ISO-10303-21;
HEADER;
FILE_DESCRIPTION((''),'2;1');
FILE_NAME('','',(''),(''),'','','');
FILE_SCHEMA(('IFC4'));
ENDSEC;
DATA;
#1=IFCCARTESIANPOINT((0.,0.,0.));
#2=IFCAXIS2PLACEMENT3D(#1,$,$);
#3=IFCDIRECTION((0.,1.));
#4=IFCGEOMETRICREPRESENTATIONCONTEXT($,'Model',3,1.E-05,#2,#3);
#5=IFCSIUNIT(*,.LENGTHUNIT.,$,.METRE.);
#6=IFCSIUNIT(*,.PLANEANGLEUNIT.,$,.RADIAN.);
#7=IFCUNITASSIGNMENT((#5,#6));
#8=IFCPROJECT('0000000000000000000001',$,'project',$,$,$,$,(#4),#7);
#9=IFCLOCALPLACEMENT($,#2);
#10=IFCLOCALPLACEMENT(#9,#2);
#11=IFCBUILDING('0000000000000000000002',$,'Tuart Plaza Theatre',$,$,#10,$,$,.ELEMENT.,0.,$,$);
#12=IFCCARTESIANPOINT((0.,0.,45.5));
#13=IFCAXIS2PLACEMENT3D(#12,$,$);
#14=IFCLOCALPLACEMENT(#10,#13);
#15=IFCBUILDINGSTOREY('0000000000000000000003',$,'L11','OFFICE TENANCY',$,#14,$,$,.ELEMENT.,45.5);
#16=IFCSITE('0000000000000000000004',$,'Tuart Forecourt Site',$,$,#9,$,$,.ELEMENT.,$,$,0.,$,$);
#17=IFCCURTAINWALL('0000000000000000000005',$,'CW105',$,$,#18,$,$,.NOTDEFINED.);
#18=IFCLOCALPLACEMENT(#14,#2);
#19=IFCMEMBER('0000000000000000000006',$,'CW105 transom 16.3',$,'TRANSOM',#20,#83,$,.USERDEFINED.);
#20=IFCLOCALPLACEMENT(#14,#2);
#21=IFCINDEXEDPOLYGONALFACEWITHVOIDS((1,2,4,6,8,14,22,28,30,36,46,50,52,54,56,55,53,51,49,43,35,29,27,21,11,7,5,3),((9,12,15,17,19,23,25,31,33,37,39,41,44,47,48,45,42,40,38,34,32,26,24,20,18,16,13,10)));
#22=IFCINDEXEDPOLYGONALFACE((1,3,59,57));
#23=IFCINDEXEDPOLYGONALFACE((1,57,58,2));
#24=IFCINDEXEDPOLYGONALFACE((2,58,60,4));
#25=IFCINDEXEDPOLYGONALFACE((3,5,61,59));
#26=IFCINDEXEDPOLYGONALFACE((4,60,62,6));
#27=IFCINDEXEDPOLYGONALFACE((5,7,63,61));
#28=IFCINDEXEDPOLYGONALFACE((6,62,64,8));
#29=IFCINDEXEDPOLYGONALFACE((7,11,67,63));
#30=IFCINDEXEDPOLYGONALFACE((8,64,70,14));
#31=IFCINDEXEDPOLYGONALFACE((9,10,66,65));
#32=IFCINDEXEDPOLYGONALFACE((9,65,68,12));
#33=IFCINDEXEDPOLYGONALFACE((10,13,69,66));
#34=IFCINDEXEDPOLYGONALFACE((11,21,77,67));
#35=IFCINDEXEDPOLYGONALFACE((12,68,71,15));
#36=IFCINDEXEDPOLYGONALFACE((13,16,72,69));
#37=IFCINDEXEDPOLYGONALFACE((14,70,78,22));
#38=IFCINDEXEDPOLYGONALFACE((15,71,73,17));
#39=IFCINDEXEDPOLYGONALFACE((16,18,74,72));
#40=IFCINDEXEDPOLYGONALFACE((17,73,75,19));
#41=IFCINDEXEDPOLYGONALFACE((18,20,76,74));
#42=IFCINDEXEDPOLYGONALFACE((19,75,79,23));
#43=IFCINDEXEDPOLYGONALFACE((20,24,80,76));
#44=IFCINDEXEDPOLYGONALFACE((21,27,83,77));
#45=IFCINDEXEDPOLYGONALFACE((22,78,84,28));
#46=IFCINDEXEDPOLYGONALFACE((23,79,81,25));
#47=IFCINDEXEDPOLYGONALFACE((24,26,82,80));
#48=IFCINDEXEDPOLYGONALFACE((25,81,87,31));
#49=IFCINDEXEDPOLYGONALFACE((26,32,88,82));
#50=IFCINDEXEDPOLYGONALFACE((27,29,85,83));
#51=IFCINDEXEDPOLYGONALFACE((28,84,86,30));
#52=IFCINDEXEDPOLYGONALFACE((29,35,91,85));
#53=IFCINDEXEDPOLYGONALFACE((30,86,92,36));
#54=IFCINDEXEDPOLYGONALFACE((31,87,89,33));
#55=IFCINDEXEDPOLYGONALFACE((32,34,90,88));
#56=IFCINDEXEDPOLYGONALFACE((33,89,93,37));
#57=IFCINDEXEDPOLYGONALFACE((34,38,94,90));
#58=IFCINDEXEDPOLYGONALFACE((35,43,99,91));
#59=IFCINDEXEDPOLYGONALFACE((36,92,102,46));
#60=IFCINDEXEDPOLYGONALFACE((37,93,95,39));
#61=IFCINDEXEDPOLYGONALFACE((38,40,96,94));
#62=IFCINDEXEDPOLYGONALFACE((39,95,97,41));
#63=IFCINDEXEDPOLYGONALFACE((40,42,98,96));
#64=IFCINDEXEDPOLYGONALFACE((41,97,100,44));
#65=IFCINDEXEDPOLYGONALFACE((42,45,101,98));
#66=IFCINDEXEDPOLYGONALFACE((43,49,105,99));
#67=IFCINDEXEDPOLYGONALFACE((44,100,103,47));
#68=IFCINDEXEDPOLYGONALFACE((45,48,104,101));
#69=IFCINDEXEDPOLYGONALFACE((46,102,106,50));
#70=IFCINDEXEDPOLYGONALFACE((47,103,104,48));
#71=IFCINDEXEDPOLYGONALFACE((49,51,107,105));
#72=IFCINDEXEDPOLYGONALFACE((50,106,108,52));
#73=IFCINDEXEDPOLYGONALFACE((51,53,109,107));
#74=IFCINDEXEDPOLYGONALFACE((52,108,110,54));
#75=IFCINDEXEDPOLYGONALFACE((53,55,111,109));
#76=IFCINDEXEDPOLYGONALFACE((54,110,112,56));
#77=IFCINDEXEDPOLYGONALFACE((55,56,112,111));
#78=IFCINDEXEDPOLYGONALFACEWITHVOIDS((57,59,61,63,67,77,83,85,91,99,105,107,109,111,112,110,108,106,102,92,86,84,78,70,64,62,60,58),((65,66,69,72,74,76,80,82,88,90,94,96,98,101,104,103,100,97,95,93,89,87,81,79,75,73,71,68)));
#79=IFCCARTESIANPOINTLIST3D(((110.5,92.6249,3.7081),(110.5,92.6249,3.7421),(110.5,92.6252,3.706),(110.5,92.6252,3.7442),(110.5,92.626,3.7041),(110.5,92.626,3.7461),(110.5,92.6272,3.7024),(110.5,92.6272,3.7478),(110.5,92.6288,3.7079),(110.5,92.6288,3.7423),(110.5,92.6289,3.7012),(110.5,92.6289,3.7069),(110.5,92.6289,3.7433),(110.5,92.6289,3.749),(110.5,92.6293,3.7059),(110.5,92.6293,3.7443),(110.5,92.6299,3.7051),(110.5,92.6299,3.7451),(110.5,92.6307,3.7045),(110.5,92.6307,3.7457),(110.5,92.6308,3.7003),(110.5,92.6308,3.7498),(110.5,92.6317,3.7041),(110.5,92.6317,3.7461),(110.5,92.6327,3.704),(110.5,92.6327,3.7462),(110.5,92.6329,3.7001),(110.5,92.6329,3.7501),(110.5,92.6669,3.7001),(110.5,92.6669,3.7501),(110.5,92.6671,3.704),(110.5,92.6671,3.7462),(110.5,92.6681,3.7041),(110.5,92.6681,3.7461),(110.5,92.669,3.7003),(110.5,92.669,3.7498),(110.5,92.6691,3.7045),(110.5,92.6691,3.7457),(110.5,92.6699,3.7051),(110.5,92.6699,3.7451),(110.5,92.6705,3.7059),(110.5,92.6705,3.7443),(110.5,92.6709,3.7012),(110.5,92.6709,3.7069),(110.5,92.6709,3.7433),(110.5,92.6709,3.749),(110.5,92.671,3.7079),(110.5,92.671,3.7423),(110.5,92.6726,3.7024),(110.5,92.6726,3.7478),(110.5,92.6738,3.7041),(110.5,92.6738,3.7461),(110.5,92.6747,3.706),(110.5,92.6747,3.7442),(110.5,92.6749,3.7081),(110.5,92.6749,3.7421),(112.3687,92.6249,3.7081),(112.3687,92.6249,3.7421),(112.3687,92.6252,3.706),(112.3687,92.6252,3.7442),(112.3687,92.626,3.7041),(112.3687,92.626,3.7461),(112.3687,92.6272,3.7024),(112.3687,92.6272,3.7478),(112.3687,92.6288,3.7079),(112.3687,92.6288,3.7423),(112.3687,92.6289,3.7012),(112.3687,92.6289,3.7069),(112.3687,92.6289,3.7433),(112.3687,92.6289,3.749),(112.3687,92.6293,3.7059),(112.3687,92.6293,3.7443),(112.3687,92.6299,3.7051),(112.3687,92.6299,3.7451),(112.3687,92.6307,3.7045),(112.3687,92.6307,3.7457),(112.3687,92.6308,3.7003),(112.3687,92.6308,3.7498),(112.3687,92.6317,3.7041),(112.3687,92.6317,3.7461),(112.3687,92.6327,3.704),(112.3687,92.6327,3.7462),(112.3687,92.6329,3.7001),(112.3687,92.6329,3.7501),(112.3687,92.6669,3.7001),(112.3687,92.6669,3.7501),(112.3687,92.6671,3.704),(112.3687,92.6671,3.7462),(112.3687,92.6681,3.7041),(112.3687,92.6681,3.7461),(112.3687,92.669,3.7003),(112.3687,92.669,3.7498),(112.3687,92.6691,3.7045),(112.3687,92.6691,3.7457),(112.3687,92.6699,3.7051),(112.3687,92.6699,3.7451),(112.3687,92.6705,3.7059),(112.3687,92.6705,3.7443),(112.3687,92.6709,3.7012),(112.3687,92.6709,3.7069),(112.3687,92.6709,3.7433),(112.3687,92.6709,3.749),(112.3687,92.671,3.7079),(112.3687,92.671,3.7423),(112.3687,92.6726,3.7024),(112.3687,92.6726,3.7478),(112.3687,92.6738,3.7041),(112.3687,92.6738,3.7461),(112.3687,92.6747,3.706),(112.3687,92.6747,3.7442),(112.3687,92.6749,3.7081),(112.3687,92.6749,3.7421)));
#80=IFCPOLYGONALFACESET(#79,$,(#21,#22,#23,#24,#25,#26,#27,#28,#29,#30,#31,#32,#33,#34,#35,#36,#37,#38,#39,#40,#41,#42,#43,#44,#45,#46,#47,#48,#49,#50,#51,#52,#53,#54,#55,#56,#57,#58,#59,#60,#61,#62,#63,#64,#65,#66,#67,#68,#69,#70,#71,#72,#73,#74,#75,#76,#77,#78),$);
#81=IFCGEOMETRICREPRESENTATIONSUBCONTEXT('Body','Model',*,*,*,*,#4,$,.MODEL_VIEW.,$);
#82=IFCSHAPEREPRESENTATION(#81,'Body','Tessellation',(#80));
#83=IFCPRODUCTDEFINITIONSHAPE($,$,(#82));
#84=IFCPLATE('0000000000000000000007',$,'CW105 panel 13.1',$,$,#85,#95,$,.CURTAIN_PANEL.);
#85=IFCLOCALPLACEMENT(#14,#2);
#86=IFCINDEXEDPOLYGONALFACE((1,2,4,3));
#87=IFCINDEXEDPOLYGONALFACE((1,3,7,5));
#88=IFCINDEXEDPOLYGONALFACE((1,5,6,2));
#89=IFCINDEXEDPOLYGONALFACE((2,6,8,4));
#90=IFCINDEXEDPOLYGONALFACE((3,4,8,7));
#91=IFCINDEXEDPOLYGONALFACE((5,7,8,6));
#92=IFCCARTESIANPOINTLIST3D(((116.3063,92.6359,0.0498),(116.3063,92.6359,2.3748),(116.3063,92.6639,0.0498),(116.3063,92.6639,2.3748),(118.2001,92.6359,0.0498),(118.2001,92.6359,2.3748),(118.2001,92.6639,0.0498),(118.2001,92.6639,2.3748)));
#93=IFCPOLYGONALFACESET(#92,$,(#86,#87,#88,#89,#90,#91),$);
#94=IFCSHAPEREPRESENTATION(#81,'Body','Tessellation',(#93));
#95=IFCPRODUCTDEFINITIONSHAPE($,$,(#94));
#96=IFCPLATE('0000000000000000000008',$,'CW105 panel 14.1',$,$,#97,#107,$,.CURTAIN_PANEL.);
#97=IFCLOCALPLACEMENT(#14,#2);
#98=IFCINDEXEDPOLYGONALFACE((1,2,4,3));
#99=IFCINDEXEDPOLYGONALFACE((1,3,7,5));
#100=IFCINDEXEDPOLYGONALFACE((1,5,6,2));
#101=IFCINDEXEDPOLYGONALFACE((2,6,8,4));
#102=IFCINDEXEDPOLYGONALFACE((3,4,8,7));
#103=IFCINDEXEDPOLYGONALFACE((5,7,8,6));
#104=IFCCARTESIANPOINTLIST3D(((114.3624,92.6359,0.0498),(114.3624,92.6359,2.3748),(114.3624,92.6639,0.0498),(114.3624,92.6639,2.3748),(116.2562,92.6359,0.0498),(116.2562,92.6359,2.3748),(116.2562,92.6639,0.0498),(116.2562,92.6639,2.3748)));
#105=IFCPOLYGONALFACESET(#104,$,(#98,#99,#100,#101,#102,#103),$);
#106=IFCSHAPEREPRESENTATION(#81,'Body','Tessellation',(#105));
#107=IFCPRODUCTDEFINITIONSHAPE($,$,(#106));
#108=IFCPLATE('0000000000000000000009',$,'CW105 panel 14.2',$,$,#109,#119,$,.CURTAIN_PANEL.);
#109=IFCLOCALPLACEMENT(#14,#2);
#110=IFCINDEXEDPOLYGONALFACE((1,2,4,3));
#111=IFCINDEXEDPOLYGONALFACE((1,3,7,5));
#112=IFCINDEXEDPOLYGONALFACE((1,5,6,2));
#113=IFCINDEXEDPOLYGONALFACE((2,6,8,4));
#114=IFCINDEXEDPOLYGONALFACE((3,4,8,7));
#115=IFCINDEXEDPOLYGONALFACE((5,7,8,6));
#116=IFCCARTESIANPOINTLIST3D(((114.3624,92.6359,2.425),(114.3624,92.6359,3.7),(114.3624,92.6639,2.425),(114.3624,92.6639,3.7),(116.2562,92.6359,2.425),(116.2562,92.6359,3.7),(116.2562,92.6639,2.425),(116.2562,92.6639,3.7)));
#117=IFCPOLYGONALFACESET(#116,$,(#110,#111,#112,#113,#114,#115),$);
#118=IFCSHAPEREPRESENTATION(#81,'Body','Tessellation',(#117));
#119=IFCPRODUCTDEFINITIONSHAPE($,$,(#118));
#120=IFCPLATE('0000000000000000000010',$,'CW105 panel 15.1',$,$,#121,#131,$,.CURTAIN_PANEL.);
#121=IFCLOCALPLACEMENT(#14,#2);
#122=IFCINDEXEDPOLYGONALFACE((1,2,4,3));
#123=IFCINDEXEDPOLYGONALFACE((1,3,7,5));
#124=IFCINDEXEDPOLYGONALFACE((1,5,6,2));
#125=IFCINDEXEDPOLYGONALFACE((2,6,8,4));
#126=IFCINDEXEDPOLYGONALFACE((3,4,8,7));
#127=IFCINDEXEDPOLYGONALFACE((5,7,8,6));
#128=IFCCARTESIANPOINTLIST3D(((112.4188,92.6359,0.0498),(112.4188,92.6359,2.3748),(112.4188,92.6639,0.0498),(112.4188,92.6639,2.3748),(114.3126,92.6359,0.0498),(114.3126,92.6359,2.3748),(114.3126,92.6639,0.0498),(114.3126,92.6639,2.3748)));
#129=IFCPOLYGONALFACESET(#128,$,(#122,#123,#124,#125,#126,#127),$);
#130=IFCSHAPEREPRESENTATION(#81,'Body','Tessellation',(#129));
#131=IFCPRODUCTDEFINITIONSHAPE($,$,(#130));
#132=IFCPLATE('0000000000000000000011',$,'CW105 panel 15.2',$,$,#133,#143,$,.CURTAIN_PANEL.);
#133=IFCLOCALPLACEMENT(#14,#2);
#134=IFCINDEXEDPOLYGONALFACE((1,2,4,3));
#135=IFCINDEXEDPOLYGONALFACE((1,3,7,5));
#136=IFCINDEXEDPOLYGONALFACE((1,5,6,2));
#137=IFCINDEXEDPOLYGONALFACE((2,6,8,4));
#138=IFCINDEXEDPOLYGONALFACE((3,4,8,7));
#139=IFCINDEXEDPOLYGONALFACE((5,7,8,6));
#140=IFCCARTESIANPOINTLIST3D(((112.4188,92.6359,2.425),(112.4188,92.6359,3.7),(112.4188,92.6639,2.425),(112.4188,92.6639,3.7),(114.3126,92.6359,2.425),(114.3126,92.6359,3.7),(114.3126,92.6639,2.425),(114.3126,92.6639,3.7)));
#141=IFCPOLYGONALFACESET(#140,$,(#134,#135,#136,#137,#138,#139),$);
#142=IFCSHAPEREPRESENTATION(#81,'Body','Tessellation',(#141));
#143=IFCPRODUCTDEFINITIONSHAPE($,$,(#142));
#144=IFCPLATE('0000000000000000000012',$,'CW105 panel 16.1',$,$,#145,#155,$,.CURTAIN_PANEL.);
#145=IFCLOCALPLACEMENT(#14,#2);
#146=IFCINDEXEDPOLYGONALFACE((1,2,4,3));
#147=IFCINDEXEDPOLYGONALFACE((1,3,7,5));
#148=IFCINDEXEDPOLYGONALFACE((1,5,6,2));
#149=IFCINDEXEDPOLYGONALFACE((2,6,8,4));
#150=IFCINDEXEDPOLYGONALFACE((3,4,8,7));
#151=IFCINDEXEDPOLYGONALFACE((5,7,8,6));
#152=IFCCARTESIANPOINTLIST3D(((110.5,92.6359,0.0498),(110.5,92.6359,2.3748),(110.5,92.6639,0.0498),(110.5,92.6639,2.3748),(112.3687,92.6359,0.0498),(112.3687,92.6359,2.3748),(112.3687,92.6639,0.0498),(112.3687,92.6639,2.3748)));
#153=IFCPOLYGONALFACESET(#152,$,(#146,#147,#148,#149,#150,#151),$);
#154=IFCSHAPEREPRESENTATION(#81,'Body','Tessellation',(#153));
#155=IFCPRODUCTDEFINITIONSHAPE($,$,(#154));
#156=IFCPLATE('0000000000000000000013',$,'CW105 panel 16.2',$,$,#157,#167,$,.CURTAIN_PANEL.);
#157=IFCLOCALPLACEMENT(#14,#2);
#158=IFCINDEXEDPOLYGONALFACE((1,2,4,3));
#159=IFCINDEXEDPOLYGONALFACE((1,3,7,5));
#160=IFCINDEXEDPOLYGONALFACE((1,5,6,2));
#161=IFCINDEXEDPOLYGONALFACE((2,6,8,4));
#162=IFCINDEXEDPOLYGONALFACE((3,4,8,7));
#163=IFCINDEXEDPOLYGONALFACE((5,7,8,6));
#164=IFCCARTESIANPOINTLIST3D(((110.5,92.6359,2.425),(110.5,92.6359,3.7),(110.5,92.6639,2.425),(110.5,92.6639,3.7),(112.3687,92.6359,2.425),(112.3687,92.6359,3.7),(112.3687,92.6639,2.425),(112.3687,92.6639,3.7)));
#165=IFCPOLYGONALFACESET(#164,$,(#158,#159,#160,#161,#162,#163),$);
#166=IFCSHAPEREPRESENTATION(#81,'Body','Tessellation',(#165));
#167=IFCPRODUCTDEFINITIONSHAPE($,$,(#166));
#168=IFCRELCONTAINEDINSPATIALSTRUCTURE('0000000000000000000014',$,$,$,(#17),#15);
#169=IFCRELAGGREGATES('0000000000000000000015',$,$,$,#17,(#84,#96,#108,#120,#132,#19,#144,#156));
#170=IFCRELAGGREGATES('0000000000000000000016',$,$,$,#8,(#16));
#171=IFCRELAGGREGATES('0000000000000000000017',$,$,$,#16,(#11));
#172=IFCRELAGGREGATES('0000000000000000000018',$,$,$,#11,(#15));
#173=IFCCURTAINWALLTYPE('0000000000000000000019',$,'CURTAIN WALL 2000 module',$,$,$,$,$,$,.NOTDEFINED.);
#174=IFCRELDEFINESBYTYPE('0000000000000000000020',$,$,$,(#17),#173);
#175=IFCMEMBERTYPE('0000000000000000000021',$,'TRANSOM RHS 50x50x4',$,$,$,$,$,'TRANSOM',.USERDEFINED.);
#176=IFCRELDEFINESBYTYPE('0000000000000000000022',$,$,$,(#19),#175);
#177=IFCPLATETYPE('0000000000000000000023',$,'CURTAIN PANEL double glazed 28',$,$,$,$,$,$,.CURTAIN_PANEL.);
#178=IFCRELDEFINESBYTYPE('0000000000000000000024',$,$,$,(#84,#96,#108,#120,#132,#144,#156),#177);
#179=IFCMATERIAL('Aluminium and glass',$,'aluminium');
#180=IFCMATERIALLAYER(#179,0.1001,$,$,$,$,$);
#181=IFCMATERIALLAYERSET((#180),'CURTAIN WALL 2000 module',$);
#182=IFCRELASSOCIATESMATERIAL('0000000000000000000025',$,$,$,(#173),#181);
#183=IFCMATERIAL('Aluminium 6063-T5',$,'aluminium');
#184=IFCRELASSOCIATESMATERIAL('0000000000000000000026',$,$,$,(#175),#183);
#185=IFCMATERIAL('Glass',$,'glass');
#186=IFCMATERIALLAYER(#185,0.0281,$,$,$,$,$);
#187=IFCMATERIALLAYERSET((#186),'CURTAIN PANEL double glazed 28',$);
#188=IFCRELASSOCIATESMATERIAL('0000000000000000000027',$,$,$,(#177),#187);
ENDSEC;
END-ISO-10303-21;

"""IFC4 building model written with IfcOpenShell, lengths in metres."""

from ifc_helpers import new_model, si_unit, direction, frame, origin, origin_2d, place, context, subcontext, project, spatial, rectangle, hollow_rectangle, extrude, material, layer, layer_set, material_profile, profile_set, type_object, element, aggregate, save


model = new_model("IFC4")

# Units and contexts
model_context = context("Model", 3, precision=1e-05, world=origin(), true_north=direction((0.0, 1.0)))
body_context = subcontext(model_context, "Body", "Model", "MODEL_VIEW")
ifc_project = project(units=[si_unit("LENGTHUNIT", "METRE"), si_unit("PLANEANGLEUNIT", "RADIAN")], contexts=[model_context])

# Site, building, storey
site_placement = place(None, origin())
site = spatial("IfcSite", under=ifc_project, at=site_placement, Name="Tuart Forecourt Site", CompositionType="ELEMENT", RefElevation=0.0)
building_placement = place(site_placement, origin())
building = spatial("IfcBuilding", under=site, at=building_placement, Name="Tuart Plaza Theatre", CompositionType="ELEMENT", ElevationOfRefHeight=0.0)
storey_placement = place(building_placement, frame((0.0, 0.0, 45.5)))
storey = spatial("IfcBuildingStorey", under=building, at=storey_placement, Name="L11", Description="OFFICE TENANCY", CompositionType="ELEMENT", Elevation=45.5)

# Curtain wall, member, plates
ifc_material_1 = material(Name="Aluminium and glass", Category="aluminium")
ifc_layer_1 = layer(ifc_material_1, 0.1001)
ifc_layer_set_1 = layer_set([ifc_layer_1], Name="CURTAIN WALL 2000 module")
curtain_wall_type = type_object("IfcCurtainWallType", Name="CURTAIN WALL 2000 module", PredefinedType="NOTDEFINED", material=ifc_layer_set_1)
curtain_wall_placement = place(storey_placement, origin())
curtain_wall = element("IfcCurtainWall", 1, at=curtain_wall_placement, inside=storey, type_object=curtain_wall_type, Name="CW105", PredefinedType="NOTDEFINED")
ifc_material_2 = material(Name="Aluminium 6063-T5", Category="aluminium")
ifc_material_profile_1 = material_profile(ifc_material_2, hollow_rectangle(XDim=0.05, YDim=0.05, WallThickness=0.0039, InnerFilletRadius=0.0039, OuterFilletRadius=0.0081, at=origin_2d()), Name="RHS 50x50x4")
ifc_profile_set_1 = profile_set([ifc_material_profile_1], Name="Aluminium 6063-T5")
member_type_1 = type_object("IfcMemberType", Name="TRANSOM RHS 50x50x4", ElementType="TRANSOM", PredefinedType="USERDEFINED", material=ifc_profile_set_1)
member_1_placement = place(storey_placement, frame((112.3687, 92.6499, 3.7251), z_axis=(-1.0, 0.0, 0.0), x_axis=(0.0, -1.0, 0.0)))
member_1 = element("IfcMember", 2, at=member_1_placement, type_object=member_type_1, Name="CW105 transom 16.3", ObjectType="TRANSOM", PredefinedType="USERDEFINED", context=body_context, shape_type="SweptSolid", body=[
    extrude(hollow_rectangle(XDim=0.05, YDim=0.05, WallThickness=0.0039, InnerFilletRadius=0.0039, OuterFilletRadius=0.0081, at=origin_2d()), origin(), (0.0, 0.0, 1.0), 1.8687),
])
ifc_material_3 = material(Name="Glass", Category="glass")
ifc_layer_2 = layer(ifc_material_3, 0.0281)
ifc_layer_set_2 = layer_set([ifc_layer_2], Name="CURTAIN PANEL double glazed 28")
plate_type = type_object("IfcPlateType", Name="CURTAIN PANEL double glazed 28", PredefinedType="CURTAIN_PANEL", material=ifc_layer_set_2)
plate_1_placement = place(storey_placement, frame((117.2532, 92.6499, 0.0498), z_axis=(0.0, 0.0, 1.0), x_axis=(-1.0, 0.0, 0.0)))
plate_1 = element("IfcPlate", 3, at=plate_1_placement, type_object=plate_type, Name="CW105 panel 13.1", PredefinedType="CURTAIN_PANEL", context=body_context, shape_type="SweptSolid", body=[
    extrude(rectangle(XDim=1.8938, YDim=0.0281, at=origin_2d()), origin(), (0.0, 0.0, 1.0), 2.325),
])
plate_2_placement = place(storey_placement, frame((115.3093, 92.6499, 0.0498), z_axis=(0.0, 0.0, 1.0), x_axis=(-1.0, 0.0, 0.0)))
plate_2 = element("IfcPlate", 4, at=plate_2_placement, type_object=plate_type, Name="CW105 panel 14.1", PredefinedType="CURTAIN_PANEL", context=body_context, shape_type="SweptSolid", body=[
    extrude(rectangle(XDim=1.8938, YDim=0.0281, at=origin_2d()), origin(), (0.0, 0.0, 1.0), 2.325),
])
plate_3_placement = place(storey_placement, frame((115.3093, 92.6499, 2.425), z_axis=(0.0, 0.0, 1.0), x_axis=(-1.0, 0.0, 0.0)))
plate_3 = element("IfcPlate", 5, at=plate_3_placement, type_object=plate_type, Name="CW105 panel 14.2", PredefinedType="CURTAIN_PANEL", context=body_context, shape_type="SweptSolid", body=[
    extrude(rectangle(XDim=1.8938, YDim=0.0281, at=origin_2d()), origin(), (0.0, 0.0, 1.0), 1.2749),
])
plate_4_placement = place(storey_placement, frame((113.3657, 92.6499, 0.0498), z_axis=(0.0, 0.0, 1.0), x_axis=(-1.0, 0.0, 0.0)))
plate_4 = element("IfcPlate", 6, at=plate_4_placement, type_object=plate_type, Name="CW105 panel 15.1", PredefinedType="CURTAIN_PANEL", context=body_context, shape_type="SweptSolid", body=[
    extrude(rectangle(XDim=1.8938, YDim=0.0281, at=origin_2d()), origin(), (0.0, 0.0, 1.0), 2.325),
])
plate_5_placement = place(storey_placement, frame((113.3657, 92.6499, 2.425), z_axis=(0.0, 0.0, 1.0), x_axis=(-1.0, 0.0, 0.0)))
plate_5 = element("IfcPlate", 7, at=plate_5_placement, type_object=plate_type, Name="CW105 panel 15.2", PredefinedType="CURTAIN_PANEL", context=body_context, shape_type="SweptSolid", body=[
    extrude(rectangle(XDim=1.8938, YDim=0.0281, at=origin_2d()), origin(), (0.0, 0.0, 1.0), 1.2749),
])
plate_6_placement = place(storey_placement, frame((111.4343, 92.6499, 0.0498), z_axis=(0.0, 0.0, 1.0), x_axis=(-1.0, 0.0, 0.0)))
plate_6 = element("IfcPlate", 8, at=plate_6_placement, type_object=plate_type, Name="CW105 panel 16.1", PredefinedType="CURTAIN_PANEL", context=body_context, shape_type="SweptSolid", body=[
    extrude(rectangle(XDim=1.8687, YDim=0.0281, at=origin_2d()), origin(), (0.0, 0.0, 1.0), 2.325),
])
plate_7_placement = place(storey_placement, frame((111.4343, 92.6499, 2.425), z_axis=(0.0, 0.0, 1.0), x_axis=(-1.0, 0.0, 0.0)))
plate_7 = element("IfcPlate", 9, at=plate_7_placement, type_object=plate_type, Name="CW105 panel 16.2", PredefinedType="CURTAIN_PANEL", context=body_context, shape_type="SweptSolid", body=[
    extrude(rectangle(XDim=1.8687, YDim=0.0281, at=origin_2d()), origin(), (0.0, 0.0, 1.0), 1.2749),
])
aggregate(curtain_wall, [plate_1, plate_2, plate_3, plate_4, plate_5, member_1, plate_6, plate_7])

save(model, "model.ifc")
